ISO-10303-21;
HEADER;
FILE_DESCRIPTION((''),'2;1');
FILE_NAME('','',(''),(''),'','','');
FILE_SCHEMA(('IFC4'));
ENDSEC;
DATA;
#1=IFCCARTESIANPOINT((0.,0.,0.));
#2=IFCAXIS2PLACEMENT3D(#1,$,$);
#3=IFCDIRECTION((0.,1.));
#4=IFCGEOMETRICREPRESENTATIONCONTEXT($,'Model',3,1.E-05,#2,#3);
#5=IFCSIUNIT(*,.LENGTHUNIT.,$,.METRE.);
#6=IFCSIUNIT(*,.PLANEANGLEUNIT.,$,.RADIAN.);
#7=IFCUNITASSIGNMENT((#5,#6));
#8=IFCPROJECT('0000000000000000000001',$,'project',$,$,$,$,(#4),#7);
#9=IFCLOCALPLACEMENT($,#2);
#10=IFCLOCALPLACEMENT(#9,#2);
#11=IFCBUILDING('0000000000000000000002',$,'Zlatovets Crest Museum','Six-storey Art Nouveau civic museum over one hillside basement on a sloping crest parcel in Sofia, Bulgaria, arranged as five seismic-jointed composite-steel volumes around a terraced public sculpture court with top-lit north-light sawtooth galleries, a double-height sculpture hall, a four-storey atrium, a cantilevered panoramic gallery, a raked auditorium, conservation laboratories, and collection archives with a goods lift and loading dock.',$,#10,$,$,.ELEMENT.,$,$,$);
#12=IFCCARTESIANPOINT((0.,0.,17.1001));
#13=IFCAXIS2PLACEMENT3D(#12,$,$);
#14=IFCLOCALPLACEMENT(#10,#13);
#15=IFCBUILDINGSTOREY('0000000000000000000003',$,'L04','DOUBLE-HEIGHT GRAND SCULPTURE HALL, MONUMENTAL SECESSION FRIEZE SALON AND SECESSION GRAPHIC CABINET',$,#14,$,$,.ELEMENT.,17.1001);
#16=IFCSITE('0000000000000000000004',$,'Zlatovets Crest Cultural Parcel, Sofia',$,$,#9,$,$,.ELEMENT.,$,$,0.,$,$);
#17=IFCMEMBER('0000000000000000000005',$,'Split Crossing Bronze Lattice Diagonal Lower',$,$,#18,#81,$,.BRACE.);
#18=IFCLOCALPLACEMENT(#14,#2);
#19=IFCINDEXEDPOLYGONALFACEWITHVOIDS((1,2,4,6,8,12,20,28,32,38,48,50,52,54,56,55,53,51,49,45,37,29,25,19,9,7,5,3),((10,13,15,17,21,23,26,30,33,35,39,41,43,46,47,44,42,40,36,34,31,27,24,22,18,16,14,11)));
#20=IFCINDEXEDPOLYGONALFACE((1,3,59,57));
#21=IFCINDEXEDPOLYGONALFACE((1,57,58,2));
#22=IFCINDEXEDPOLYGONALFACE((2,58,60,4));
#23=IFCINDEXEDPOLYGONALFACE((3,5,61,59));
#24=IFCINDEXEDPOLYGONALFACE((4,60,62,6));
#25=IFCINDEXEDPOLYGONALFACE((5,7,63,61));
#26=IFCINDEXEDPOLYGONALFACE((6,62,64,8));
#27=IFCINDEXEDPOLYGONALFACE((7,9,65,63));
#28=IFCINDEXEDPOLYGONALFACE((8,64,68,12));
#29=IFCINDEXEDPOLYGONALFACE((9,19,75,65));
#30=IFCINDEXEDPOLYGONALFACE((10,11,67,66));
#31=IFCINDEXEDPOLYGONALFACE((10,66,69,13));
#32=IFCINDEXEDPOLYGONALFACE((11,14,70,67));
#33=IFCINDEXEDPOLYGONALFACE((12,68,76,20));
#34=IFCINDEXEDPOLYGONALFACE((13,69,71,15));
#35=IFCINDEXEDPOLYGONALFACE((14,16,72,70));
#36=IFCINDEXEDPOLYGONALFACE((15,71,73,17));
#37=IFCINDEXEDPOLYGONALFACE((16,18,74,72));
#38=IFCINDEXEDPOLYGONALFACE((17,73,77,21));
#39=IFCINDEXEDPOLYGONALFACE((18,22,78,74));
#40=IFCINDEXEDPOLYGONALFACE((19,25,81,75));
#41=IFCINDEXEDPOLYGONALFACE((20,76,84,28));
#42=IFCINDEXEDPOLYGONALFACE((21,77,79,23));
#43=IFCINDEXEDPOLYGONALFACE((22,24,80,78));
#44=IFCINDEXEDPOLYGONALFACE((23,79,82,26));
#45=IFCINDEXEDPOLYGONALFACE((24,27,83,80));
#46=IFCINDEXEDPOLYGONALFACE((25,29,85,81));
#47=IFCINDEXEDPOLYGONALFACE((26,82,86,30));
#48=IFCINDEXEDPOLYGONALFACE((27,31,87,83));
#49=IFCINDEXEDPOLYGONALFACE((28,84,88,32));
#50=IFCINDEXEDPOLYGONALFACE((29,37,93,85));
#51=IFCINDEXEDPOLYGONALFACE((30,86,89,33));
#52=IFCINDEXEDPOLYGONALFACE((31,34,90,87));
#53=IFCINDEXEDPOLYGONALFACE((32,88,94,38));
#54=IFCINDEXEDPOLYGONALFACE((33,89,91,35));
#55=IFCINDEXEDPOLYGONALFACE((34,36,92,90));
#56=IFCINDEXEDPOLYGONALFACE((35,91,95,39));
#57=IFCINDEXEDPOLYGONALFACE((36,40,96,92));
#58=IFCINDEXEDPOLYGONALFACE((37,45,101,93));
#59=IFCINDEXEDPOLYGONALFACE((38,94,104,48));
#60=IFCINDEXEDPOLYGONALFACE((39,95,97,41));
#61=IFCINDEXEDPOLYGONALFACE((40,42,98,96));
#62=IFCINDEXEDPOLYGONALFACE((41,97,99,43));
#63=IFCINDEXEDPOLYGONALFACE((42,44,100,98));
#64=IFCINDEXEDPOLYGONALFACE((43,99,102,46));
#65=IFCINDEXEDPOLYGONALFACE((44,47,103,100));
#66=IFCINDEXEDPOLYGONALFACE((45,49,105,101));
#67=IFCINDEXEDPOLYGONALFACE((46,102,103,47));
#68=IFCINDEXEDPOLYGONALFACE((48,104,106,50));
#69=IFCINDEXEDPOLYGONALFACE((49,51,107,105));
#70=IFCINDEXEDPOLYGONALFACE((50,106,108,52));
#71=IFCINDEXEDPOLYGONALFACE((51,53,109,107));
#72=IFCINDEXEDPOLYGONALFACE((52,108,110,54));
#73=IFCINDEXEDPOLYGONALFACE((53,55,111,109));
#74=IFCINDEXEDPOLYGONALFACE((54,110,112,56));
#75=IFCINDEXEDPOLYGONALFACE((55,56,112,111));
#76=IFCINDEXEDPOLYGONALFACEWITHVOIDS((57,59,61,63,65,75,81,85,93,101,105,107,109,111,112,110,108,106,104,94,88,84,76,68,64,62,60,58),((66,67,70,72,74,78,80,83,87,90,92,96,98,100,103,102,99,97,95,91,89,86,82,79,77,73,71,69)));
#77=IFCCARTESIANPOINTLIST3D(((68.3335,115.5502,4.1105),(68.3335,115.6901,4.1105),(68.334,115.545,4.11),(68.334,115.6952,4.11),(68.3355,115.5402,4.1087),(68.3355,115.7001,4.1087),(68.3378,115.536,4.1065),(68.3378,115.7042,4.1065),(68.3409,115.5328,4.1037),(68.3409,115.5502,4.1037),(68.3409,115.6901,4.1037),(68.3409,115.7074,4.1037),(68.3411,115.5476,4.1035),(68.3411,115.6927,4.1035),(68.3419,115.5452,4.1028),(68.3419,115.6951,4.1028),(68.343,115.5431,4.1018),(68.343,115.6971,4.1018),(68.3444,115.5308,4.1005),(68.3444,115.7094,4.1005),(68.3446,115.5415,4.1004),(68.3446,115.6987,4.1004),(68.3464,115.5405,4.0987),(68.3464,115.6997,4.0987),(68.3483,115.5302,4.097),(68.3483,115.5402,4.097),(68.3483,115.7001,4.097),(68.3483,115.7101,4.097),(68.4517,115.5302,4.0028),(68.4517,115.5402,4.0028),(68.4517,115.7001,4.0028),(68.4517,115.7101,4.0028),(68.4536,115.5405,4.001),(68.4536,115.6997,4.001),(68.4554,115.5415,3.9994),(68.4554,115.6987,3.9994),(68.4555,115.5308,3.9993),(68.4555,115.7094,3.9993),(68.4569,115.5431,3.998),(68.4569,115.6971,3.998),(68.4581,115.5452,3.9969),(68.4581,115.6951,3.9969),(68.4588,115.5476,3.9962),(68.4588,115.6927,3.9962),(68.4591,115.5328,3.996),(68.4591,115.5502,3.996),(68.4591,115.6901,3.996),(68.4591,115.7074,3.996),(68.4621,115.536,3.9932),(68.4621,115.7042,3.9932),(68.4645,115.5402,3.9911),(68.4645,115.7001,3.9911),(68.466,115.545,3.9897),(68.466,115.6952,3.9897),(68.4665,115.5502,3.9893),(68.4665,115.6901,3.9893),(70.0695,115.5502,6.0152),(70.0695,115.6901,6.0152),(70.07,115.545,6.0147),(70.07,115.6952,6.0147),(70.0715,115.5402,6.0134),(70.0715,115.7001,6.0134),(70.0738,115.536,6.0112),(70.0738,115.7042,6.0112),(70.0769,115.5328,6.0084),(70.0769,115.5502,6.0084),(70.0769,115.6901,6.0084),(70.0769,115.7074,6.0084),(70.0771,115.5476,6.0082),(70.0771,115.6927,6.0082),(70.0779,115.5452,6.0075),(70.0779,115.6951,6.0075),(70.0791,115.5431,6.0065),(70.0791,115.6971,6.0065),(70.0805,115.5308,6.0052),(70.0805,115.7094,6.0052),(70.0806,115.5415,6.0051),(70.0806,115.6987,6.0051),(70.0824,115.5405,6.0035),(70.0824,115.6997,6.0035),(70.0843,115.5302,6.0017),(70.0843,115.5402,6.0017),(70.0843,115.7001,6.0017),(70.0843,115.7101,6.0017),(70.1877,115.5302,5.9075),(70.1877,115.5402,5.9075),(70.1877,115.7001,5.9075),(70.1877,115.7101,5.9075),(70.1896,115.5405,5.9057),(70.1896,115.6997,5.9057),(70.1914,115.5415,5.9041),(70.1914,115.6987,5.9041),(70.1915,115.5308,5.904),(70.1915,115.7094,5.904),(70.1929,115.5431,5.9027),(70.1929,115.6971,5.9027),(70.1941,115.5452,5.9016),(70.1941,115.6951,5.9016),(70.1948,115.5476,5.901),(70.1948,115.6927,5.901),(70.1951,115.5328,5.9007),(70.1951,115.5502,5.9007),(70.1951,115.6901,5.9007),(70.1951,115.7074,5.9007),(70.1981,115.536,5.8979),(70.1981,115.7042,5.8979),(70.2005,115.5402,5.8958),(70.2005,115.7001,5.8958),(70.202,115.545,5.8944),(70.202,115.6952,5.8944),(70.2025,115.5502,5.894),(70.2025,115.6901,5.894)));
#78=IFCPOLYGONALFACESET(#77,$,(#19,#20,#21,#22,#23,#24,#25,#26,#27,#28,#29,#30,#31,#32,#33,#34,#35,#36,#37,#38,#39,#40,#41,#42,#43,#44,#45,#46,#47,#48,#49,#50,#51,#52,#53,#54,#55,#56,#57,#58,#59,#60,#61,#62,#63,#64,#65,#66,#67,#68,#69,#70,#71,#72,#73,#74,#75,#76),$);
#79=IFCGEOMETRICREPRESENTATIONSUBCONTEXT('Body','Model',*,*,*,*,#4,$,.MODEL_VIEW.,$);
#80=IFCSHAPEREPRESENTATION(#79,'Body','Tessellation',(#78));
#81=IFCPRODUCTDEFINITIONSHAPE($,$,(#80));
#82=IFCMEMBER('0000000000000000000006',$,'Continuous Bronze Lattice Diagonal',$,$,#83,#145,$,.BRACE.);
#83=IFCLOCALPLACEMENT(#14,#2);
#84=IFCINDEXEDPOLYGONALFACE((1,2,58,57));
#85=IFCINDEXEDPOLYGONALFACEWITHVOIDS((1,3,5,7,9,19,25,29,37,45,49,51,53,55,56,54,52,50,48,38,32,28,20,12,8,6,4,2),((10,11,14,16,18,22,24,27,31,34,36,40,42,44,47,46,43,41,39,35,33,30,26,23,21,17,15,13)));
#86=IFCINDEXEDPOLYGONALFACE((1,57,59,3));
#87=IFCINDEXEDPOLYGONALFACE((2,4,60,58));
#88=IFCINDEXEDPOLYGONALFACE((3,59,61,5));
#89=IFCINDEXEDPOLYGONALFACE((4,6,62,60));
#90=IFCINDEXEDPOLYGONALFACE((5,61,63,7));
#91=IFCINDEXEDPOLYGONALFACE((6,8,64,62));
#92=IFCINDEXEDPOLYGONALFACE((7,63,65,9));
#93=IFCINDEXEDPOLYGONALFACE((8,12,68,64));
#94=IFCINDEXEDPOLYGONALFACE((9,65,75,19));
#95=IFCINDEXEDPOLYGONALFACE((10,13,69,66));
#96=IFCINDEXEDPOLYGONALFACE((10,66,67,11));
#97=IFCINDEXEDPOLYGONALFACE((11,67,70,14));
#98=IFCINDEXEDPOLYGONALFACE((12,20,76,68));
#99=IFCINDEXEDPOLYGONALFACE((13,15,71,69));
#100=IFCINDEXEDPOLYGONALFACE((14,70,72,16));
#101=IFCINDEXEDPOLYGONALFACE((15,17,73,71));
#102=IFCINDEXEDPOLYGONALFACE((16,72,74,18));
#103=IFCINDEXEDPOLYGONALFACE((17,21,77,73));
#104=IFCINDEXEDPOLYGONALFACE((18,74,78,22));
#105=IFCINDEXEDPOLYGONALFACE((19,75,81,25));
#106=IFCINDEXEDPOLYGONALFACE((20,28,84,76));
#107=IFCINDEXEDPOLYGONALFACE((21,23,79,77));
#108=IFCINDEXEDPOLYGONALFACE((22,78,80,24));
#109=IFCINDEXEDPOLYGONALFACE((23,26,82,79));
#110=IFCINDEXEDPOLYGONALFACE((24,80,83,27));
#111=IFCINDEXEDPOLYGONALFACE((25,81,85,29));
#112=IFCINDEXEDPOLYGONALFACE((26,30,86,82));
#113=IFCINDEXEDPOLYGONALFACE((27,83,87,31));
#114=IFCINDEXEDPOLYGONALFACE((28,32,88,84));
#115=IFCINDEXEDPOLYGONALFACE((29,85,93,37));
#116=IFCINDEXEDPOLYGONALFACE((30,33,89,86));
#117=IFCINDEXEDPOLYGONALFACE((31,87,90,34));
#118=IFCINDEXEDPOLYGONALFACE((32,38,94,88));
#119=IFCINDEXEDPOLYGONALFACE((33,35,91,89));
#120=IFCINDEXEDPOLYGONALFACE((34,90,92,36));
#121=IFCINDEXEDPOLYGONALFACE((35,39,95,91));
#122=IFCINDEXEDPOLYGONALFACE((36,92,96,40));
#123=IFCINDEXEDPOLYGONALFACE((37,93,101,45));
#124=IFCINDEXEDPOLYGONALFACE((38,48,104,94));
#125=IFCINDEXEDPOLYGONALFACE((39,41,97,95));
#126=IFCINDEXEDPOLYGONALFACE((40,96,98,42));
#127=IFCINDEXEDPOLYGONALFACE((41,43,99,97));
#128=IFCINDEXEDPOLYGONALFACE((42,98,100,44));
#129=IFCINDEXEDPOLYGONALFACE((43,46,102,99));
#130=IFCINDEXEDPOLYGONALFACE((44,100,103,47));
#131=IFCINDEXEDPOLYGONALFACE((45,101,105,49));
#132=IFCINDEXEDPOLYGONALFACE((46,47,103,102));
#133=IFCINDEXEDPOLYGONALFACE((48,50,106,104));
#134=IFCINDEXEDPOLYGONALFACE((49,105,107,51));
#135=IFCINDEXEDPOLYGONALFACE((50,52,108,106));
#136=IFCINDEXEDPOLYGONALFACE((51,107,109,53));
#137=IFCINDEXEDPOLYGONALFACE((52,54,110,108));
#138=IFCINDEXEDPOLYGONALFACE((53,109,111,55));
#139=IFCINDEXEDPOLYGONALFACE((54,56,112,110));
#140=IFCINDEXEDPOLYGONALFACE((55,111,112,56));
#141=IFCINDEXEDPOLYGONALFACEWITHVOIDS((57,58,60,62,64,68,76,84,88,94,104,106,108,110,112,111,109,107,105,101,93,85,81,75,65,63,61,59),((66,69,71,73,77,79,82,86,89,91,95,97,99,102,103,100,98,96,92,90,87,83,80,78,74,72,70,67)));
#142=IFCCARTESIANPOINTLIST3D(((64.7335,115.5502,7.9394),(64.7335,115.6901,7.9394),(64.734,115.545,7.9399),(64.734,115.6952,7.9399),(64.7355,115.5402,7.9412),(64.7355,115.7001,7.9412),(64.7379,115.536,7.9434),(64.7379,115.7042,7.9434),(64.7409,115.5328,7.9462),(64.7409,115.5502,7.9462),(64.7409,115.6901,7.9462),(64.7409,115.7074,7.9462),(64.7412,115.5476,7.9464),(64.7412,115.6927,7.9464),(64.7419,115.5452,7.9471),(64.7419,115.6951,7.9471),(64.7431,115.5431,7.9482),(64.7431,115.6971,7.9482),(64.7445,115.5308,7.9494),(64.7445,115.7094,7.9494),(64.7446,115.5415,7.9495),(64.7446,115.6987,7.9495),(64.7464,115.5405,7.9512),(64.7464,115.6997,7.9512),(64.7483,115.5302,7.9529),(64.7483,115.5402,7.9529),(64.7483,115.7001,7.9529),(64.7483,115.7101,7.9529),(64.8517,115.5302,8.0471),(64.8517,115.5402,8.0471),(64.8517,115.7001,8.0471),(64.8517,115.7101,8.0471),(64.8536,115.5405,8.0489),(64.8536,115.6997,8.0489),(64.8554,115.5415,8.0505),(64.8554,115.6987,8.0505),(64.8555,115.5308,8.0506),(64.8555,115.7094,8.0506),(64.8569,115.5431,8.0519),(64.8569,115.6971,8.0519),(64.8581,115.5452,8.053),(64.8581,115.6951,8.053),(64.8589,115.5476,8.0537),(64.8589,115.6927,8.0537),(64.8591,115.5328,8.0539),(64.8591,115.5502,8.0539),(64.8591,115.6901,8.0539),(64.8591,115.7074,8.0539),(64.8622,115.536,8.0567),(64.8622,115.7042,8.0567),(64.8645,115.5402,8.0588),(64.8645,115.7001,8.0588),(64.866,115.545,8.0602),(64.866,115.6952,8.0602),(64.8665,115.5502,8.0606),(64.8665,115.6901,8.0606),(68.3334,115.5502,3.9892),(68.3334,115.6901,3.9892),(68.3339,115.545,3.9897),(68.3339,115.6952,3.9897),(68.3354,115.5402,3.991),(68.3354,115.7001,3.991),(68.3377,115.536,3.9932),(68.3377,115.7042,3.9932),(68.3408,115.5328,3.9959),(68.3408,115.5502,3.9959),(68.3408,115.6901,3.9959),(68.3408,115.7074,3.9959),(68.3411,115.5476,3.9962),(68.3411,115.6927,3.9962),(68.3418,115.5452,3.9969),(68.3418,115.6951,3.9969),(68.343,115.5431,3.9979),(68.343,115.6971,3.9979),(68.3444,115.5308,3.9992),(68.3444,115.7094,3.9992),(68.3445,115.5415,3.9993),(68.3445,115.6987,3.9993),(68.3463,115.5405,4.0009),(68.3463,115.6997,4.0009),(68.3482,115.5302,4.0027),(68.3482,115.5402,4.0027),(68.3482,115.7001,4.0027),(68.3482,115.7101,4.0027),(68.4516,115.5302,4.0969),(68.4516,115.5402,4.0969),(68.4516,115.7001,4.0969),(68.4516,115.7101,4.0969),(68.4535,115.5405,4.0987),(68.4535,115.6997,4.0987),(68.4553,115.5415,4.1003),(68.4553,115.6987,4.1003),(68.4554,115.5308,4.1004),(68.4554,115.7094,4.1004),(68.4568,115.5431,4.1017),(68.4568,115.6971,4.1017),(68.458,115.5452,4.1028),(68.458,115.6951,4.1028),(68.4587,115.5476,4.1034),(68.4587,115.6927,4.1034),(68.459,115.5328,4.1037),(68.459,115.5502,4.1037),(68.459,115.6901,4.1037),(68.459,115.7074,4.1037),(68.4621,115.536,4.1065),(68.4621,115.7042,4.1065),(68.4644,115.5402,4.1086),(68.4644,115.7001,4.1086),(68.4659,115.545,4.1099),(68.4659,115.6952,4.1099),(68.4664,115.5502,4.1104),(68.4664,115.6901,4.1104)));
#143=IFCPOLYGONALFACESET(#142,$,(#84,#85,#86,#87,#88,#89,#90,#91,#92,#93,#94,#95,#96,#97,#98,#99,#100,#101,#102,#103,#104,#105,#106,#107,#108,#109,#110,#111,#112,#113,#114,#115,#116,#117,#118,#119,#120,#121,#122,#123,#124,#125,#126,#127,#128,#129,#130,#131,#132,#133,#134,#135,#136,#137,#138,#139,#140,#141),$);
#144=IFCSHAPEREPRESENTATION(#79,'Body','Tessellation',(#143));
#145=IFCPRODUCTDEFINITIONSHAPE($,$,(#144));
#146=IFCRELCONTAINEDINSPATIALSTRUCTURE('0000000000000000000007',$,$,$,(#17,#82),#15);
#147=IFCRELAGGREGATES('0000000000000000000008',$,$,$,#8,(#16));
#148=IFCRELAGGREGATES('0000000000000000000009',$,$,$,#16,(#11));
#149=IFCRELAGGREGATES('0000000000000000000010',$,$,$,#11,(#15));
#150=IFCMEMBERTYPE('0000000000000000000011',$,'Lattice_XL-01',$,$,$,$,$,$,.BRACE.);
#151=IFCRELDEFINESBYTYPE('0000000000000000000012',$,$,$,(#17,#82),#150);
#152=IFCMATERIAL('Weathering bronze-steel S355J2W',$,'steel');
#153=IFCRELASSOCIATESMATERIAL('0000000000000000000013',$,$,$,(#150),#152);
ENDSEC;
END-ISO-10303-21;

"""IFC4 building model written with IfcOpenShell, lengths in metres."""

from ifc_helpers import new_model, si_unit, direction, frame, origin, origin_2d, place, context, subcontext, project, spatial, hollow_rectangle, extrude, material, material_profile, profile_set, type_object, element, save


model = new_model("IFC4")

# Units and contexts
model_context = context("Model", 3, precision=1e-05, world=origin(), true_north=direction((0.0, 1.0)))
body_context = subcontext(model_context, "Body", "Model", "MODEL_VIEW")
ifc_project = project(units=[si_unit("LENGTHUNIT", "METRE"), si_unit("PLANEANGLEUNIT", "RADIAN")], contexts=[model_context])

# Site, building, storey
site_placement = place(None, origin())
site = spatial("IfcSite", under=ifc_project, at=site_placement, Name="Zlatovets Crest Cultural Parcel, Sofia", CompositionType="ELEMENT", RefElevation=0.0)
building_placement = place(site_placement, origin())
building = spatial("IfcBuilding", under=site, at=building_placement, Name="Zlatovets Crest Museum", Description="Six-storey Art Nouveau civic museum over one hillside basement on a sloping crest parcel in Sofia, Bulgaria, arranged as five seismic-jointed composite-steel volumes around a terraced public sculpture court with top-lit north-light sawtooth galleries, a double-height sculpture hall, a four-storey atrium, a cantilevered panoramic gallery, a raked auditorium, conservation laboratories, and collection archives with a goods lift and loading dock.", CompositionType="ELEMENT")
storey_placement = place(building_placement, frame((0.0, 0.0, 17.1001)))
storey = spatial("IfcBuildingStorey", under=building, at=storey_placement, Name="L04", Description="DOUBLE-HEIGHT GRAND SCULPTURE HALL, MONUMENTAL SECESSION FRIEZE SALON AND SECESSION GRAPHIC CABINET", CompositionType="ELEMENT", Elevation=17.1001)

# Members
ifc_material_1 = material(Name="Weathering bronze-steel S355J2W", Category="steel")
ifc_material_profile_1 = material_profile(ifc_material_1, hollow_rectangle(XDim=0.1799, YDim=0.1799, WallThickness=0.01, InnerFilletRadius=0.01, OuterFilletRadius=0.02, at=origin_2d()), Name="SHS 180x180x10.0")
ifc_profile_set_1 = profile_set([ifc_material_profile_1], Name="Weathering bronze-steel S355J2W")
member_type_1 = type_object("IfcMemberType", Name="Lattice_XL-01", PredefinedType="BRACE", material=ifc_profile_set_1)
for number, where, z_axis, x_axis, name in (
    (1, (70.136, 115.6201, 5.9546), (-0.67362, 0.0, -0.739078), (0.0, -1.0, 0.0), "Split Crossing Bronze Lattice Diagonal Lower"),
):
    element("IfcMember", number, at=place(storey_placement, frame(where, z_axis=z_axis, x_axis=x_axis)), inside=storey, type_object=member_type_1, Name=name, PredefinedType="BRACE", context=body_context, shape_type="SweptSolid", body=[
        extrude(hollow_rectangle(XDim=0.1799, YDim=0.1799, WallThickness=0.01, InnerFilletRadius=0.01, OuterFilletRadius=0.02, at=origin_2d()), origin(), (0.0, 0.0, 1.0), 2.5771),
    ])
member_1_placement = place(storey_placement, frame((68.3999, 115.6201, 4.0498), z_axis=(-0.67357, 0.0, 0.739123), x_axis=(0.0, -1.0, 0.0)))
element("IfcMember", 2, at=member_1_placement, inside=storey, type_object=member_type_1, Name="Continuous Bronze Lattice Diagonal", PredefinedType="BRACE", context=body_context, shape_type="SweptSolid", body=[
    extrude(hollow_rectangle(XDim=0.1799, YDim=0.1799, WallThickness=0.01, InnerFilletRadius=0.01, OuterFilletRadius=0.02, at=origin_2d()), origin(), (0.0, 0.0, 1.0), 5.3445),
])

save(model, "model.ifc")
